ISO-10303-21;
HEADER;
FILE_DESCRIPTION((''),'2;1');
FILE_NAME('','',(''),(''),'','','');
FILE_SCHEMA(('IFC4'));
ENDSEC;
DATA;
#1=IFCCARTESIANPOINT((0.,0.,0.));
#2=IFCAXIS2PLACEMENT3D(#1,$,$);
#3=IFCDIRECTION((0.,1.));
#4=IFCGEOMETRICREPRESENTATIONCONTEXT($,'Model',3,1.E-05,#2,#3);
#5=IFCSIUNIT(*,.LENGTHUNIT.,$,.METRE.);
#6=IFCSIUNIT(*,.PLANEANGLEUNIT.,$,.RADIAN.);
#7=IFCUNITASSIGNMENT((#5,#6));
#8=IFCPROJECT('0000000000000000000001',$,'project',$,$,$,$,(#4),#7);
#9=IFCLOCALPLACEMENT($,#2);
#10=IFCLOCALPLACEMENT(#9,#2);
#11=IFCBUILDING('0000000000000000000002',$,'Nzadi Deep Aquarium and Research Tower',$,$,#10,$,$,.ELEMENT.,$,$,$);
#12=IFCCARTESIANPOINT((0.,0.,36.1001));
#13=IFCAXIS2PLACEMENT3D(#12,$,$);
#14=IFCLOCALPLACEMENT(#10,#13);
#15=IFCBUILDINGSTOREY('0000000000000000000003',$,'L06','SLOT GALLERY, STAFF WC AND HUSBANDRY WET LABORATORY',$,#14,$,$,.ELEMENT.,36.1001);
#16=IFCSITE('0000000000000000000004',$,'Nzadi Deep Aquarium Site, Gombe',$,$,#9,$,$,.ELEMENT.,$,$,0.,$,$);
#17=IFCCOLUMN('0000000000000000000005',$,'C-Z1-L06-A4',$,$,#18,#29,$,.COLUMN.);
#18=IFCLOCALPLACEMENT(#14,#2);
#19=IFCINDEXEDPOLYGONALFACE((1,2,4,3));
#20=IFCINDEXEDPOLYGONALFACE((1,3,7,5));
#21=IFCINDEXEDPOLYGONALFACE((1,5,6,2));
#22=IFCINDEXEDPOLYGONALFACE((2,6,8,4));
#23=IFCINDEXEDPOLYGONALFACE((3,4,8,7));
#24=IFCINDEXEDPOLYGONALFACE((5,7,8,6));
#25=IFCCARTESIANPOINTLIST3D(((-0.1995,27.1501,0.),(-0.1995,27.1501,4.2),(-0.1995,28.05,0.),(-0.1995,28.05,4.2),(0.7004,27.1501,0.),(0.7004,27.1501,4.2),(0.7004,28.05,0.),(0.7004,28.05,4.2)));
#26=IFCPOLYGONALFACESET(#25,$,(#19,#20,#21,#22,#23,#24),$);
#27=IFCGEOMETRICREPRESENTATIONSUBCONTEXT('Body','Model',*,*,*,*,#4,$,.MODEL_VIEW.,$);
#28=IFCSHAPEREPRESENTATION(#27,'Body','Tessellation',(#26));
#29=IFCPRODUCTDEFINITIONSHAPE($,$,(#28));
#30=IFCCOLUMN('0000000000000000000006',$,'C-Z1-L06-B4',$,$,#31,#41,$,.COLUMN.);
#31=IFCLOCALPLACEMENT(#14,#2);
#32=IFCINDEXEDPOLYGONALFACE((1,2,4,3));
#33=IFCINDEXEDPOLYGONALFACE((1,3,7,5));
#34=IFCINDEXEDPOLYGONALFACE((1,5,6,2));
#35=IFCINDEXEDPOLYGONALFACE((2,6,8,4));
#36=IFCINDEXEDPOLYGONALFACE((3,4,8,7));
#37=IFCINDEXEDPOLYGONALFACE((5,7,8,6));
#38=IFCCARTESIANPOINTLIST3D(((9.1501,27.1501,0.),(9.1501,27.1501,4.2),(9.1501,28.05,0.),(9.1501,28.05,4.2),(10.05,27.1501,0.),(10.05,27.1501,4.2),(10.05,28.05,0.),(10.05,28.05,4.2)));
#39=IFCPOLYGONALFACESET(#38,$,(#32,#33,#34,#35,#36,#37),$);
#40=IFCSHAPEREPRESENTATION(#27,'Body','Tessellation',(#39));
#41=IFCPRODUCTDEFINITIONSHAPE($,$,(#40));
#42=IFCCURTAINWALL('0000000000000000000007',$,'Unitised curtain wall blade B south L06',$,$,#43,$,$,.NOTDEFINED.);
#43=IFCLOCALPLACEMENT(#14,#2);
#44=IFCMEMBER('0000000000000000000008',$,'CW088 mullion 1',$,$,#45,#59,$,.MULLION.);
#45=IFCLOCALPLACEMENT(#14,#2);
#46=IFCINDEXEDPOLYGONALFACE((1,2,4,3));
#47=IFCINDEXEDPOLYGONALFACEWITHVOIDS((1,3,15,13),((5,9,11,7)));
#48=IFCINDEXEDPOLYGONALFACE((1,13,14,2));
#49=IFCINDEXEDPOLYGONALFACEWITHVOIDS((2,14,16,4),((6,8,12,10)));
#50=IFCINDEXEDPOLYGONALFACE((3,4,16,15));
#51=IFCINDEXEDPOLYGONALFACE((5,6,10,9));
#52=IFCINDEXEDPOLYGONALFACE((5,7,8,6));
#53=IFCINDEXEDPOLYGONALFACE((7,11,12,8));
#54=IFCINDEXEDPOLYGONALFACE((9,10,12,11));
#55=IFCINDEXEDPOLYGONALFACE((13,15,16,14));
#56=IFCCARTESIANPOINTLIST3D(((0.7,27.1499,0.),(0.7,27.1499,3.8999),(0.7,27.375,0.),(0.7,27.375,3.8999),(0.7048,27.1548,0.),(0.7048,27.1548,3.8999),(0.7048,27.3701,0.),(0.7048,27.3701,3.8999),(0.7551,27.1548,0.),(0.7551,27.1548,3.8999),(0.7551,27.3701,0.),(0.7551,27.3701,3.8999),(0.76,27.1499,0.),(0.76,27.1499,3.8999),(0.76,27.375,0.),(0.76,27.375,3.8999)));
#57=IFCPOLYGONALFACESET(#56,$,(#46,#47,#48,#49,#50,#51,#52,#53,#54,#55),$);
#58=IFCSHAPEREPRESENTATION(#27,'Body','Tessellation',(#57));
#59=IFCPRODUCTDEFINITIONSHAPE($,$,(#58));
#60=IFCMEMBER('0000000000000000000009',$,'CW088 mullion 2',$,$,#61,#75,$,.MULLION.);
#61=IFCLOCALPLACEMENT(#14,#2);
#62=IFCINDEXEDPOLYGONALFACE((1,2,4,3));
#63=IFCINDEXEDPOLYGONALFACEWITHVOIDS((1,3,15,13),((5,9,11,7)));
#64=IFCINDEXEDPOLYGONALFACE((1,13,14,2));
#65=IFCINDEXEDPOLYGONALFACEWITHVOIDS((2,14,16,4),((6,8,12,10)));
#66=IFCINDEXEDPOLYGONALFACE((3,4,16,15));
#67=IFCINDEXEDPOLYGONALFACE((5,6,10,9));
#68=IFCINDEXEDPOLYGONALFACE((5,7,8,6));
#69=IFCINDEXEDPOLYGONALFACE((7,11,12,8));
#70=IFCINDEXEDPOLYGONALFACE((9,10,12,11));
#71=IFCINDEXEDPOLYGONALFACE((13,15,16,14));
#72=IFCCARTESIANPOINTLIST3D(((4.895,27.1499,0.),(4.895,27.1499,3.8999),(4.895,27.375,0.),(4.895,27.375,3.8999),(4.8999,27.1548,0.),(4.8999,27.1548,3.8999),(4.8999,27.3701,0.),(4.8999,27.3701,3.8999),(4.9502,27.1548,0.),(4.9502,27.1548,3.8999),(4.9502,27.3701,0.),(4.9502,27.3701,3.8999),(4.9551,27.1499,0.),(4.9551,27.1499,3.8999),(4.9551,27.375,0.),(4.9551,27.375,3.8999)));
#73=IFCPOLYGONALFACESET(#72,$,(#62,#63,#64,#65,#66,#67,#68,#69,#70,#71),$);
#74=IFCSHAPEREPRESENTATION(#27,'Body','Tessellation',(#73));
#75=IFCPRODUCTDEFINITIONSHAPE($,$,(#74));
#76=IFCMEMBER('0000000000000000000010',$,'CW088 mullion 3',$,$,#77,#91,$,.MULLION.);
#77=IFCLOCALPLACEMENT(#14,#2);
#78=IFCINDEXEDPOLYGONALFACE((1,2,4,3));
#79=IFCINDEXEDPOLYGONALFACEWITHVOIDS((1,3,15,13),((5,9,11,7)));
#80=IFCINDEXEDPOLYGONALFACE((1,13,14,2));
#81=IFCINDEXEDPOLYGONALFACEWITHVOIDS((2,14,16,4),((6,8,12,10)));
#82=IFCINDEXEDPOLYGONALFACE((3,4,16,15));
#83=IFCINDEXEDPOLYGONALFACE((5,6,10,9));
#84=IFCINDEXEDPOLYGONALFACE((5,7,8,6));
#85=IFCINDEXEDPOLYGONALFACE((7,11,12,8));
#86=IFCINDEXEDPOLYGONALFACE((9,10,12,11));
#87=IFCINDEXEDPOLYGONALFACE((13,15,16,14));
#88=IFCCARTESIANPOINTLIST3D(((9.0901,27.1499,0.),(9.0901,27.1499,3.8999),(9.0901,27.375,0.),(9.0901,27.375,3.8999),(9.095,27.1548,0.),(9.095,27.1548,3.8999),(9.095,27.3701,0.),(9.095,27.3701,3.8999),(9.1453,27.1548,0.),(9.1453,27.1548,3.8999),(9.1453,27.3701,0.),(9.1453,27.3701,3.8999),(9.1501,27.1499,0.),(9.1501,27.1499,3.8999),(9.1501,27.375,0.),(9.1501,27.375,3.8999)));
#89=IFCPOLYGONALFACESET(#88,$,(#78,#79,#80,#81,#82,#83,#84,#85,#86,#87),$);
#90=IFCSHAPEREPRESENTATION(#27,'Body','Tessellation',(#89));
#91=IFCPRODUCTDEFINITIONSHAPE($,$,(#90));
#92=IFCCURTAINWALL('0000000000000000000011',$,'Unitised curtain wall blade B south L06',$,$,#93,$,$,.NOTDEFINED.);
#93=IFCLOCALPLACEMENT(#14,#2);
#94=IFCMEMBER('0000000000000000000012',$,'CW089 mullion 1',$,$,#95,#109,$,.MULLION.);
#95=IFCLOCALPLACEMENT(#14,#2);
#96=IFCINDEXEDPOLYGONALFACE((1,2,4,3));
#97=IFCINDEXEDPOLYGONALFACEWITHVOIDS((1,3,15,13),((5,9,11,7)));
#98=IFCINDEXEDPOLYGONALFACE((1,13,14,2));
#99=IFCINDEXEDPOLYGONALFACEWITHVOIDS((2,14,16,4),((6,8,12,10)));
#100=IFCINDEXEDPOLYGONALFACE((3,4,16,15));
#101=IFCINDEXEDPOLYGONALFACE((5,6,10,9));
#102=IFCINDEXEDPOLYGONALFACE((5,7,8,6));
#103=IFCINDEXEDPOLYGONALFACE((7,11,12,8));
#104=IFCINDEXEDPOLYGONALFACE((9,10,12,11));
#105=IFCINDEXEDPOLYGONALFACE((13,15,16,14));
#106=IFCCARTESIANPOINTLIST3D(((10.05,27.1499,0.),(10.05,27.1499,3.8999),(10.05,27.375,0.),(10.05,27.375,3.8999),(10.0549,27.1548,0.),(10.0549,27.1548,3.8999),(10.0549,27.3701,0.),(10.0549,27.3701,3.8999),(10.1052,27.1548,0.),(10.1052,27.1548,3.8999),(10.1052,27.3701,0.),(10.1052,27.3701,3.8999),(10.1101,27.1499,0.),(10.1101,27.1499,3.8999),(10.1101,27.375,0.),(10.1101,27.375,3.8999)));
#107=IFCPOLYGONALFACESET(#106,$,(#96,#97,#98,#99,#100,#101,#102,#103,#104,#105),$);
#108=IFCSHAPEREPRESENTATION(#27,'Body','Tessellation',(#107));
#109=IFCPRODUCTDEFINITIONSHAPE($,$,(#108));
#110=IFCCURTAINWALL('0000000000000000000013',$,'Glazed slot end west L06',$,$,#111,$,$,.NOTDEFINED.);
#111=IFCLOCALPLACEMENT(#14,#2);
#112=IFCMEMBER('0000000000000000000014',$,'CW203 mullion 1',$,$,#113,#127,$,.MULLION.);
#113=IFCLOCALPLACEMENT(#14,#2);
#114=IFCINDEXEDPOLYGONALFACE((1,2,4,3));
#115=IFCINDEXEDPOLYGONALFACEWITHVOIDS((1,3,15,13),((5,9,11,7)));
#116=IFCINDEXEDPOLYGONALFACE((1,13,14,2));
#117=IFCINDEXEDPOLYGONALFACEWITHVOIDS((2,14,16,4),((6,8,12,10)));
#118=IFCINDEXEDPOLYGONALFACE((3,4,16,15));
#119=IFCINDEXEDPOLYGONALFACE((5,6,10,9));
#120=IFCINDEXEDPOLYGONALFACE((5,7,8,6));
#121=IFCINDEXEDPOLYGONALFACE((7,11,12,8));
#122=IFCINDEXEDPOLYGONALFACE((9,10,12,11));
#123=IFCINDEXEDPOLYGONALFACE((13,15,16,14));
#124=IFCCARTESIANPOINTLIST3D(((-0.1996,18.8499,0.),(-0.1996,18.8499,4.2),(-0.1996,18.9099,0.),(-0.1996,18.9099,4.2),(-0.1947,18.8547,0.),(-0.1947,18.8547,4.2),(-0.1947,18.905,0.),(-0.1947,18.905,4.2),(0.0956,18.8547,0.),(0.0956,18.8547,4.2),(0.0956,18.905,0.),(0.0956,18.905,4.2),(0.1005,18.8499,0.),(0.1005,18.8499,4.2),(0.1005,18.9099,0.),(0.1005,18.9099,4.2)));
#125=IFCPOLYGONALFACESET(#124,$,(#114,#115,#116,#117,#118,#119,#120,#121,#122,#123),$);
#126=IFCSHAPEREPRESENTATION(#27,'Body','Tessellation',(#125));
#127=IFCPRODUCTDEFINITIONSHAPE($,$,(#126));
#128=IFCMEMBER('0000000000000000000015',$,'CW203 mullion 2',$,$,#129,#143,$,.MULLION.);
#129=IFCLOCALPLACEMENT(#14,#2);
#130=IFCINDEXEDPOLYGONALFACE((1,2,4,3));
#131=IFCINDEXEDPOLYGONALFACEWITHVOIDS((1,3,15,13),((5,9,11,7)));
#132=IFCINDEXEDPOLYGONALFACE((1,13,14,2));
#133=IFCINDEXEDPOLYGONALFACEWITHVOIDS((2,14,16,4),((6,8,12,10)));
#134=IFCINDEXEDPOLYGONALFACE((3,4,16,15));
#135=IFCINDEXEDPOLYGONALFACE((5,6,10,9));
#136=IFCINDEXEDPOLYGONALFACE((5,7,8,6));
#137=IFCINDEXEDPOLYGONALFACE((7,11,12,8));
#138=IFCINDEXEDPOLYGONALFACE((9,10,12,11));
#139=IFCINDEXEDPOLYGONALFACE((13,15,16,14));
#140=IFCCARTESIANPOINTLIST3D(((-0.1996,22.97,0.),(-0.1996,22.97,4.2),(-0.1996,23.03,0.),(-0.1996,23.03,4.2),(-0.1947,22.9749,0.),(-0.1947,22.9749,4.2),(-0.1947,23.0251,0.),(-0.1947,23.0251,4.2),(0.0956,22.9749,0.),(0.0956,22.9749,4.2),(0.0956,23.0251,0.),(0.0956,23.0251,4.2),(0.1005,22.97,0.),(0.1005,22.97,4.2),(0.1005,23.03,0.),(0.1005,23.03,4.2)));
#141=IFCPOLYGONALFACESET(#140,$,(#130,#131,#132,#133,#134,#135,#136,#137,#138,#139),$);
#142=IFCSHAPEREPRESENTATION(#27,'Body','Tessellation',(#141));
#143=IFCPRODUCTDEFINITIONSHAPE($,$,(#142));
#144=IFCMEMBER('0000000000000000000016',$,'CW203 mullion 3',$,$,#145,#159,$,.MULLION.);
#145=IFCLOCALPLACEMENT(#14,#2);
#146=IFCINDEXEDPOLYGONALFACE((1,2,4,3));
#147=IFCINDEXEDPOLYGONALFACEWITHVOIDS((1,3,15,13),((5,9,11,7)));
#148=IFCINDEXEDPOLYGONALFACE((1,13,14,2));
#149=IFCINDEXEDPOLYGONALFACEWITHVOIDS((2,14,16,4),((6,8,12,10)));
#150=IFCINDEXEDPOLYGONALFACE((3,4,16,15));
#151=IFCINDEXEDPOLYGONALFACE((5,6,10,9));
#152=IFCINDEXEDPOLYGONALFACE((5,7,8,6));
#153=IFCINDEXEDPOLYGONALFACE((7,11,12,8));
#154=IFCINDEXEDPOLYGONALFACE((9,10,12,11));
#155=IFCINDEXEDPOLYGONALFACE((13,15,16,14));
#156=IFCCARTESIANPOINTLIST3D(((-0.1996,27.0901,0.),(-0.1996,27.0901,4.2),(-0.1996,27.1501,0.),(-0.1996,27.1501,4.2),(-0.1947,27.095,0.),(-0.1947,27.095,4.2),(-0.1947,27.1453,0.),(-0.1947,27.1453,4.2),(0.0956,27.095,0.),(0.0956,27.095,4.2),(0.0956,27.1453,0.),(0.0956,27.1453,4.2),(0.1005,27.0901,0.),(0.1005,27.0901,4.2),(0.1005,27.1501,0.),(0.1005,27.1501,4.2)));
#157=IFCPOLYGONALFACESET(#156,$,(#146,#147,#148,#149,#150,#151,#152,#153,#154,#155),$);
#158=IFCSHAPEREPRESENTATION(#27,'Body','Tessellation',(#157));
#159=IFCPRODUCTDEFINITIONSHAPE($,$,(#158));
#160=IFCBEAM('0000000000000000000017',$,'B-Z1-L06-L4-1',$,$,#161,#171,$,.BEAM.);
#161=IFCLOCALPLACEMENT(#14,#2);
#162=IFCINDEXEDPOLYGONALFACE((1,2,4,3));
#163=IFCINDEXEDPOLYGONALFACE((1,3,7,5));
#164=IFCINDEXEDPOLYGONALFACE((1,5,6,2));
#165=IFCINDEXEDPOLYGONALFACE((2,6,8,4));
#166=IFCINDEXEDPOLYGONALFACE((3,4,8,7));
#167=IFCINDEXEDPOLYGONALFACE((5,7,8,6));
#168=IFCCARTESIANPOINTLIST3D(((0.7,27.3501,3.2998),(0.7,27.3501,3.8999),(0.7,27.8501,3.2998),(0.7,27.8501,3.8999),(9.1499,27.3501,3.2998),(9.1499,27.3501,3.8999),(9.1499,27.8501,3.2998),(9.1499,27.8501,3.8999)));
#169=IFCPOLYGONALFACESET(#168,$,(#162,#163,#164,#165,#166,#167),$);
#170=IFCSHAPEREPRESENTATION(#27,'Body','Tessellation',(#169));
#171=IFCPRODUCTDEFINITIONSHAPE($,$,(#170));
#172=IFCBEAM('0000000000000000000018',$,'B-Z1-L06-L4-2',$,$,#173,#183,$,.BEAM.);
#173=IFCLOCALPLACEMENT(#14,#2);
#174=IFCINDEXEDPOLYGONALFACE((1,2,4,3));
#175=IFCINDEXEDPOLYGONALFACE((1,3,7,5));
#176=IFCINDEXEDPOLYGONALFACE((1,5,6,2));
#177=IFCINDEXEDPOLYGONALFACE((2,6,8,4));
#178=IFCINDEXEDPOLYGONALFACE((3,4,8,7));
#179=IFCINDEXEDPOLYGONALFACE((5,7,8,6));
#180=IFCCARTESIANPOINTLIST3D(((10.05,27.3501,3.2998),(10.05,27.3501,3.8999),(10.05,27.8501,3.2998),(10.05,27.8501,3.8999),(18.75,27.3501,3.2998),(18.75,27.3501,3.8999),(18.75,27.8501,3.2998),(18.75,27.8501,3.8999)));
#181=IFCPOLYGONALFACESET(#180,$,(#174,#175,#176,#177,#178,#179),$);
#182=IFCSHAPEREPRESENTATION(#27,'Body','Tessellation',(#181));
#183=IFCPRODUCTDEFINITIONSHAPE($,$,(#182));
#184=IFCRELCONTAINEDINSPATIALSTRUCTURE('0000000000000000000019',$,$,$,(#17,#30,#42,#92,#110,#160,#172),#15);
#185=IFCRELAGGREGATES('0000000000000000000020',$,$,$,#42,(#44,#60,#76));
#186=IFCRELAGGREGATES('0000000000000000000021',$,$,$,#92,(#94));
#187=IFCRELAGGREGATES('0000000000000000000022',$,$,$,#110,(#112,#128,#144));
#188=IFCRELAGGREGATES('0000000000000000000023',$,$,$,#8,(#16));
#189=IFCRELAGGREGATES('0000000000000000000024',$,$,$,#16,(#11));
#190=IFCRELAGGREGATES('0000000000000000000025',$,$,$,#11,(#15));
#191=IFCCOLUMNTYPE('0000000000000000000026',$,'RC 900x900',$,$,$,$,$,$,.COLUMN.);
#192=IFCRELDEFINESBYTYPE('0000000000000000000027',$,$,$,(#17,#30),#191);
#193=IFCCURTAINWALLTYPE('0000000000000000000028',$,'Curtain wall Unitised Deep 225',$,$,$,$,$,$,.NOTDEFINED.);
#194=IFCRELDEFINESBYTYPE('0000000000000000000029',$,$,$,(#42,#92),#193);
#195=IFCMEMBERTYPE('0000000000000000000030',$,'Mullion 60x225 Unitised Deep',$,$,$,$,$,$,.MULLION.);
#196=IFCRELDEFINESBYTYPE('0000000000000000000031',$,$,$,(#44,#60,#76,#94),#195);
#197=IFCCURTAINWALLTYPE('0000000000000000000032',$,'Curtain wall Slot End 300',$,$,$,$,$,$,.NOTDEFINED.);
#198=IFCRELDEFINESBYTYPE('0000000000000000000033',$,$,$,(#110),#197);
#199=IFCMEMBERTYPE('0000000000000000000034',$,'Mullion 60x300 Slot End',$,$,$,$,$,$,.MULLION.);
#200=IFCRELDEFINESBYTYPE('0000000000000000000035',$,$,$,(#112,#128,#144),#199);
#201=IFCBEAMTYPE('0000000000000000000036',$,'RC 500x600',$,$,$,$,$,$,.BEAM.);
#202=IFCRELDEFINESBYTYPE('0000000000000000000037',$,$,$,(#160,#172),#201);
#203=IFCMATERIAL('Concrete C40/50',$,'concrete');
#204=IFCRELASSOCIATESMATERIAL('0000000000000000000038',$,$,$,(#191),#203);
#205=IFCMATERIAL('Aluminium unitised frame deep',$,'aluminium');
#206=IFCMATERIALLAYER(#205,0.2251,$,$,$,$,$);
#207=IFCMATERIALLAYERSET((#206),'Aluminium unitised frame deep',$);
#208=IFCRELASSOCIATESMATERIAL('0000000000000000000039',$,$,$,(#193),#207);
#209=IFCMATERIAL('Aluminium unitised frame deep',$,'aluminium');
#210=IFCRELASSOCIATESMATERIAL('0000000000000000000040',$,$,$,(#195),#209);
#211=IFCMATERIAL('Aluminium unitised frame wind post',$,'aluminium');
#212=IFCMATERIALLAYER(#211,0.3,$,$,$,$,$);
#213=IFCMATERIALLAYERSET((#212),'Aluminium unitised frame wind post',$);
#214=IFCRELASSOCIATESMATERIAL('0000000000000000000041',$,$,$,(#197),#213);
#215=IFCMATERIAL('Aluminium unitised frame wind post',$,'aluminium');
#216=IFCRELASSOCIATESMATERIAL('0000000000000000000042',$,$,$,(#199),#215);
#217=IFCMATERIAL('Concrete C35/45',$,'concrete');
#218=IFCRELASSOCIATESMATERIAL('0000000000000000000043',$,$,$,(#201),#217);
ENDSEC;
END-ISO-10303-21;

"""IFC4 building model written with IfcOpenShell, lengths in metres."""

from ifc_helpers import new_model, si_unit, direction, frame, origin, origin_2d, place, context, subcontext, project, spatial, rectangle, hollow_rectangle, extrude, material, layer, layer_set, material_profile, profile_set, type_object, element, aggregate, save


model = new_model("IFC4")

# Units and contexts
model_context = context("Model", 3, precision=1e-05, world=origin(), true_north=direction((0.0, 1.0)))
body_context = subcontext(model_context, "Body", "Model", "MODEL_VIEW")
ifc_project = project(units=[si_unit("LENGTHUNIT", "METRE"), si_unit("PLANEANGLEUNIT", "RADIAN")], contexts=[model_context])

# Site, building, storey
site_placement = place(None, origin())
site = spatial("IfcSite", under=ifc_project, at=site_placement, Name="Nzadi Deep Aquarium Site, Gombe", CompositionType="ELEMENT", RefElevation=0.0)
building_placement = place(site_placement, origin())
building = spatial("IfcBuilding", under=site, at=building_placement, Name="Nzadi Deep Aquarium and Research Tower", CompositionType="ELEMENT")
storey_placement = place(building_placement, frame((0.0, 0.0, 36.1001)))
storey = spatial("IfcBuildingStorey", under=building, at=storey_placement, Name="L06", Description="SLOT GALLERY, STAFF WC AND HUSBANDRY WET LABORATORY", CompositionType="ELEMENT", Elevation=36.1001)

# Columns
ifc_material_1 = material(Name="Concrete C40/50", Category="concrete")
ifc_material_profile_1 = material_profile(ifc_material_1, rectangle(XDim=0.8999, YDim=0.8999, at=origin_2d()))
ifc_profile_set_1 = profile_set([ifc_material_profile_1], Name="Concrete C40/50")
column_type = type_object("IfcColumnType", Name="RC 900x900", PredefinedType="COLUMN", material=ifc_profile_set_1)
for number, where, z_axis, x_axis, name in (
    (1, (0.2505, 27.6001, 0.0), (0.0, 0.0, 1.0), (1.0, 0.0, 0.0), "C-Z1-L06-A4"),
    (2, (9.6001, 27.6001, 0.0), (0.0, 0.0, 1.0), (1.0, 0.0, 0.0), "C-Z1-L06-B4"),
):
    element("IfcColumn", number, at=place(storey_placement, frame(where, z_axis=z_axis, x_axis=x_axis)), inside=storey, type_object=column_type, Name=name, PredefinedType="COLUMN", context=body_context, shape_type="SweptSolid", body=[
        extrude(rectangle(XDim=0.8999, YDim=0.8999, at=origin_2d()), origin(), (0.0, 0.0, 1.0), 4.2),
    ])

# Curtain wall, members
ifc_material_2 = material(Name="Aluminium unitised frame deep", Category="aluminium")
ifc_layer_1 = layer(ifc_material_2, 0.2251)
ifc_layer_set_1 = layer_set([ifc_layer_1], Name="Aluminium unitised frame deep")
curtain_wall_type_1 = type_object("IfcCurtainWallType", Name="Curtain wall Unitised Deep 225", PredefinedType="NOTDEFINED", material=ifc_layer_set_1)
curtain_wall_1_placement = place(storey_placement, origin())
curtain_wall_1 = element("IfcCurtainWall", 3, at=curtain_wall_1_placement, inside=storey, type_object=curtain_wall_type_1, Name="Unitised curtain wall blade B south L06", PredefinedType="NOTDEFINED")
ifc_material_3 = material(Name="Aluminium unitised frame deep", Category="aluminium")
ifc_material_profile_2 = material_profile(ifc_material_3, hollow_rectangle(XDim=0.2251, YDim=0.0601, WallThickness=0.0049, at=origin_2d()))
ifc_profile_set_2 = profile_set([ifc_material_profile_2], Name="Aluminium unitised frame deep")
member_type_1 = type_object("IfcMemberType", Name="Mullion 60x225 Unitised Deep", PredefinedType="MULLION", material=ifc_profile_set_2)
member_1_placement = place(storey_placement, frame((0.73, 27.2625, 0.0), z_axis=(0.0, 0.0, 1.0), x_axis=(0.0, 1.0, 0.0)))
member_1 = element("IfcMember", 4, at=member_1_placement, type_object=member_type_1, Name="CW088 mullion 1", PredefinedType="MULLION", context=body_context, shape_type="SweptSolid", body=[
    extrude(hollow_rectangle(XDim=0.2251, YDim=0.0601, WallThickness=0.0049, at=origin_2d()), origin(), (0.0, 0.0, 1.0), 3.8999),
])
member_2_placement = place(storey_placement, frame((4.925, 27.2625, 0.0), z_axis=(0.0, 0.0, 1.0), x_axis=(0.0, 1.0, 0.0)))
member_2 = element("IfcMember", 5, at=member_2_placement, type_object=member_type_1, Name="CW088 mullion 2", PredefinedType="MULLION", context=body_context, shape_type="SweptSolid", body=[
    extrude(hollow_rectangle(XDim=0.2251, YDim=0.0601, WallThickness=0.0049, at=origin_2d()), origin(), (0.0, 0.0, 1.0), 3.8999),
])
member_3_placement = place(storey_placement, frame((9.1201, 27.2625, 0.0), z_axis=(0.0, 0.0, 1.0), x_axis=(0.0, 1.0, 0.0)))
member_3 = element("IfcMember", 6, at=member_3_placement, type_object=member_type_1, Name="CW088 mullion 3", PredefinedType="MULLION", context=body_context, shape_type="SweptSolid", body=[
    extrude(hollow_rectangle(XDim=0.2251, YDim=0.0601, WallThickness=0.0049, at=origin_2d()), origin(), (0.0, 0.0, 1.0), 3.8999),
])

# Curtain wall, member
curtain_wall_2_placement = place(storey_placement, origin())
curtain_wall_2 = element("IfcCurtainWall", 7, at=curtain_wall_2_placement, inside=storey, type_object=curtain_wall_type_1, Name="Unitised curtain wall blade B south L06", PredefinedType="NOTDEFINED")
member_4_placement = place(storey_placement, frame((10.0801, 27.2625, 0.0), z_axis=(0.0, 0.0, 1.0), x_axis=(0.0, 1.0, 0.0)))
member_4 = element("IfcMember", 8, at=member_4_placement, type_object=member_type_1, Name="CW089 mullion 1", PredefinedType="MULLION", context=body_context, shape_type="SweptSolid", body=[
    extrude(hollow_rectangle(XDim=0.2251, YDim=0.0601, WallThickness=0.0049, at=origin_2d()), origin(), (0.0, 0.0, 1.0), 3.8999),
])

# Curtain wall, members
ifc_material_4 = material(Name="Aluminium unitised frame wind post", Category="aluminium")
ifc_layer_2 = layer(ifc_material_4, 0.3)
ifc_layer_set_2 = layer_set([ifc_layer_2], Name="Aluminium unitised frame wind post")
curtain_wall_type_2 = type_object("IfcCurtainWallType", Name="Curtain wall Slot End 300", PredefinedType="NOTDEFINED", material=ifc_layer_set_2)
curtain_wall_3_placement = place(storey_placement, origin())
curtain_wall_3 = element("IfcCurtainWall", 9, at=curtain_wall_3_placement, inside=storey, type_object=curtain_wall_type_2, Name="Glazed slot end west L06", PredefinedType="NOTDEFINED")
ifc_material_5 = material(Name="Aluminium unitised frame wind post", Category="aluminium")
ifc_material_profile_3 = material_profile(ifc_material_5, hollow_rectangle(XDim=0.3, YDim=0.0601, WallThickness=0.0049, at=origin_2d()))
ifc_profile_set_3 = profile_set([ifc_material_profile_3], Name="Aluminium unitised frame wind post")
member_type_2 = type_object("IfcMemberType", Name="Mullion 60x300 Slot End", PredefinedType="MULLION", material=ifc_profile_set_3)
member_5_placement = place(storey_placement, frame((-0.0496, 18.8799, 0.0), z_axis=(0.0, 0.0, 1.0), x_axis=(-1.0, 0.0, 0.0)))
member_5 = element("IfcMember", 10, at=member_5_placement, type_object=member_type_2, Name="CW203 mullion 1", PredefinedType="MULLION", context=body_context, shape_type="SweptSolid", body=[
    extrude(hollow_rectangle(XDim=0.3, YDim=0.0601, WallThickness=0.0049, at=origin_2d()), origin(), (0.0, 0.0, 1.0), 4.2),
])
member_6_placement = place(storey_placement, frame((-0.0496, 23.0, 0.0), z_axis=(0.0, 0.0, 1.0), x_axis=(-1.0, 0.0, 0.0)))
member_6 = element("IfcMember", 11, at=member_6_placement, type_object=member_type_2, Name="CW203 mullion 2", PredefinedType="MULLION", context=body_context, shape_type="SweptSolid", body=[
    extrude(hollow_rectangle(XDim=0.3, YDim=0.0601, WallThickness=0.0049, at=origin_2d()), origin(), (0.0, 0.0, 1.0), 4.2),
])
member_7_placement = place(storey_placement, frame((-0.0496, 27.1201, 0.0), z_axis=(0.0, 0.0, 1.0), x_axis=(-1.0, 0.0, 0.0)))
member_7 = element("IfcMember", 12, at=member_7_placement, type_object=member_type_2, Name="CW203 mullion 3", PredefinedType="MULLION", context=body_context, shape_type="SweptSolid", body=[
    extrude(hollow_rectangle(XDim=0.3, YDim=0.0601, WallThickness=0.0049, at=origin_2d()), origin(), (0.0, 0.0, 1.0), 4.2),
])

# Beams
ifc_material_6 = material(Name="Concrete C35/45", Category="concrete")
ifc_material_profile_4 = material_profile(ifc_material_6, rectangle(XDim=0.5, YDim=0.6001, at=origin_2d()))
ifc_profile_set_4 = profile_set([ifc_material_profile_4], Name="Concrete C35/45")
beam_type = type_object("IfcBeamType", Name="RC 500x600", PredefinedType="BEAM", material=ifc_profile_set_4)
beam_1_placement = place(storey_placement, frame((0.7, 27.6001, 3.5999), z_axis=(1.0, 0.0, 0.0), x_axis=(0.0, 1.0, 0.0)))
element("IfcBeam", 13, at=beam_1_placement, inside=storey, type_object=beam_type, Name="B-Z1-L06-L4-1", PredefinedType="BEAM", context=body_context, shape_type="SweptSolid", body=[
    extrude(rectangle(XDim=0.5, YDim=0.6001, at=origin_2d()), origin(), (0.0, 0.0, 1.0), 8.45),
])
beam_2_placement = place(storey_placement, frame((10.05, 27.6001, 3.5999), z_axis=(1.0, 0.0, 0.0), x_axis=(0.0, 1.0, 0.0)))
element("IfcBeam", 14, at=beam_2_placement, inside=storey, type_object=beam_type, Name="B-Z1-L06-L4-2", PredefinedType="BEAM", context=body_context, shape_type="SweptSolid", body=[
    extrude(rectangle(XDim=0.5, YDim=0.6001, at=origin_2d()), origin(), (0.0, 0.0, 1.0), 8.7),
])

aggregate(curtain_wall_1, [member_1, member_2, member_3])
aggregate(curtain_wall_2, [member_4])
aggregate(curtain_wall_3, [member_5, member_6, member_7])

save(model, "model.ifc")
